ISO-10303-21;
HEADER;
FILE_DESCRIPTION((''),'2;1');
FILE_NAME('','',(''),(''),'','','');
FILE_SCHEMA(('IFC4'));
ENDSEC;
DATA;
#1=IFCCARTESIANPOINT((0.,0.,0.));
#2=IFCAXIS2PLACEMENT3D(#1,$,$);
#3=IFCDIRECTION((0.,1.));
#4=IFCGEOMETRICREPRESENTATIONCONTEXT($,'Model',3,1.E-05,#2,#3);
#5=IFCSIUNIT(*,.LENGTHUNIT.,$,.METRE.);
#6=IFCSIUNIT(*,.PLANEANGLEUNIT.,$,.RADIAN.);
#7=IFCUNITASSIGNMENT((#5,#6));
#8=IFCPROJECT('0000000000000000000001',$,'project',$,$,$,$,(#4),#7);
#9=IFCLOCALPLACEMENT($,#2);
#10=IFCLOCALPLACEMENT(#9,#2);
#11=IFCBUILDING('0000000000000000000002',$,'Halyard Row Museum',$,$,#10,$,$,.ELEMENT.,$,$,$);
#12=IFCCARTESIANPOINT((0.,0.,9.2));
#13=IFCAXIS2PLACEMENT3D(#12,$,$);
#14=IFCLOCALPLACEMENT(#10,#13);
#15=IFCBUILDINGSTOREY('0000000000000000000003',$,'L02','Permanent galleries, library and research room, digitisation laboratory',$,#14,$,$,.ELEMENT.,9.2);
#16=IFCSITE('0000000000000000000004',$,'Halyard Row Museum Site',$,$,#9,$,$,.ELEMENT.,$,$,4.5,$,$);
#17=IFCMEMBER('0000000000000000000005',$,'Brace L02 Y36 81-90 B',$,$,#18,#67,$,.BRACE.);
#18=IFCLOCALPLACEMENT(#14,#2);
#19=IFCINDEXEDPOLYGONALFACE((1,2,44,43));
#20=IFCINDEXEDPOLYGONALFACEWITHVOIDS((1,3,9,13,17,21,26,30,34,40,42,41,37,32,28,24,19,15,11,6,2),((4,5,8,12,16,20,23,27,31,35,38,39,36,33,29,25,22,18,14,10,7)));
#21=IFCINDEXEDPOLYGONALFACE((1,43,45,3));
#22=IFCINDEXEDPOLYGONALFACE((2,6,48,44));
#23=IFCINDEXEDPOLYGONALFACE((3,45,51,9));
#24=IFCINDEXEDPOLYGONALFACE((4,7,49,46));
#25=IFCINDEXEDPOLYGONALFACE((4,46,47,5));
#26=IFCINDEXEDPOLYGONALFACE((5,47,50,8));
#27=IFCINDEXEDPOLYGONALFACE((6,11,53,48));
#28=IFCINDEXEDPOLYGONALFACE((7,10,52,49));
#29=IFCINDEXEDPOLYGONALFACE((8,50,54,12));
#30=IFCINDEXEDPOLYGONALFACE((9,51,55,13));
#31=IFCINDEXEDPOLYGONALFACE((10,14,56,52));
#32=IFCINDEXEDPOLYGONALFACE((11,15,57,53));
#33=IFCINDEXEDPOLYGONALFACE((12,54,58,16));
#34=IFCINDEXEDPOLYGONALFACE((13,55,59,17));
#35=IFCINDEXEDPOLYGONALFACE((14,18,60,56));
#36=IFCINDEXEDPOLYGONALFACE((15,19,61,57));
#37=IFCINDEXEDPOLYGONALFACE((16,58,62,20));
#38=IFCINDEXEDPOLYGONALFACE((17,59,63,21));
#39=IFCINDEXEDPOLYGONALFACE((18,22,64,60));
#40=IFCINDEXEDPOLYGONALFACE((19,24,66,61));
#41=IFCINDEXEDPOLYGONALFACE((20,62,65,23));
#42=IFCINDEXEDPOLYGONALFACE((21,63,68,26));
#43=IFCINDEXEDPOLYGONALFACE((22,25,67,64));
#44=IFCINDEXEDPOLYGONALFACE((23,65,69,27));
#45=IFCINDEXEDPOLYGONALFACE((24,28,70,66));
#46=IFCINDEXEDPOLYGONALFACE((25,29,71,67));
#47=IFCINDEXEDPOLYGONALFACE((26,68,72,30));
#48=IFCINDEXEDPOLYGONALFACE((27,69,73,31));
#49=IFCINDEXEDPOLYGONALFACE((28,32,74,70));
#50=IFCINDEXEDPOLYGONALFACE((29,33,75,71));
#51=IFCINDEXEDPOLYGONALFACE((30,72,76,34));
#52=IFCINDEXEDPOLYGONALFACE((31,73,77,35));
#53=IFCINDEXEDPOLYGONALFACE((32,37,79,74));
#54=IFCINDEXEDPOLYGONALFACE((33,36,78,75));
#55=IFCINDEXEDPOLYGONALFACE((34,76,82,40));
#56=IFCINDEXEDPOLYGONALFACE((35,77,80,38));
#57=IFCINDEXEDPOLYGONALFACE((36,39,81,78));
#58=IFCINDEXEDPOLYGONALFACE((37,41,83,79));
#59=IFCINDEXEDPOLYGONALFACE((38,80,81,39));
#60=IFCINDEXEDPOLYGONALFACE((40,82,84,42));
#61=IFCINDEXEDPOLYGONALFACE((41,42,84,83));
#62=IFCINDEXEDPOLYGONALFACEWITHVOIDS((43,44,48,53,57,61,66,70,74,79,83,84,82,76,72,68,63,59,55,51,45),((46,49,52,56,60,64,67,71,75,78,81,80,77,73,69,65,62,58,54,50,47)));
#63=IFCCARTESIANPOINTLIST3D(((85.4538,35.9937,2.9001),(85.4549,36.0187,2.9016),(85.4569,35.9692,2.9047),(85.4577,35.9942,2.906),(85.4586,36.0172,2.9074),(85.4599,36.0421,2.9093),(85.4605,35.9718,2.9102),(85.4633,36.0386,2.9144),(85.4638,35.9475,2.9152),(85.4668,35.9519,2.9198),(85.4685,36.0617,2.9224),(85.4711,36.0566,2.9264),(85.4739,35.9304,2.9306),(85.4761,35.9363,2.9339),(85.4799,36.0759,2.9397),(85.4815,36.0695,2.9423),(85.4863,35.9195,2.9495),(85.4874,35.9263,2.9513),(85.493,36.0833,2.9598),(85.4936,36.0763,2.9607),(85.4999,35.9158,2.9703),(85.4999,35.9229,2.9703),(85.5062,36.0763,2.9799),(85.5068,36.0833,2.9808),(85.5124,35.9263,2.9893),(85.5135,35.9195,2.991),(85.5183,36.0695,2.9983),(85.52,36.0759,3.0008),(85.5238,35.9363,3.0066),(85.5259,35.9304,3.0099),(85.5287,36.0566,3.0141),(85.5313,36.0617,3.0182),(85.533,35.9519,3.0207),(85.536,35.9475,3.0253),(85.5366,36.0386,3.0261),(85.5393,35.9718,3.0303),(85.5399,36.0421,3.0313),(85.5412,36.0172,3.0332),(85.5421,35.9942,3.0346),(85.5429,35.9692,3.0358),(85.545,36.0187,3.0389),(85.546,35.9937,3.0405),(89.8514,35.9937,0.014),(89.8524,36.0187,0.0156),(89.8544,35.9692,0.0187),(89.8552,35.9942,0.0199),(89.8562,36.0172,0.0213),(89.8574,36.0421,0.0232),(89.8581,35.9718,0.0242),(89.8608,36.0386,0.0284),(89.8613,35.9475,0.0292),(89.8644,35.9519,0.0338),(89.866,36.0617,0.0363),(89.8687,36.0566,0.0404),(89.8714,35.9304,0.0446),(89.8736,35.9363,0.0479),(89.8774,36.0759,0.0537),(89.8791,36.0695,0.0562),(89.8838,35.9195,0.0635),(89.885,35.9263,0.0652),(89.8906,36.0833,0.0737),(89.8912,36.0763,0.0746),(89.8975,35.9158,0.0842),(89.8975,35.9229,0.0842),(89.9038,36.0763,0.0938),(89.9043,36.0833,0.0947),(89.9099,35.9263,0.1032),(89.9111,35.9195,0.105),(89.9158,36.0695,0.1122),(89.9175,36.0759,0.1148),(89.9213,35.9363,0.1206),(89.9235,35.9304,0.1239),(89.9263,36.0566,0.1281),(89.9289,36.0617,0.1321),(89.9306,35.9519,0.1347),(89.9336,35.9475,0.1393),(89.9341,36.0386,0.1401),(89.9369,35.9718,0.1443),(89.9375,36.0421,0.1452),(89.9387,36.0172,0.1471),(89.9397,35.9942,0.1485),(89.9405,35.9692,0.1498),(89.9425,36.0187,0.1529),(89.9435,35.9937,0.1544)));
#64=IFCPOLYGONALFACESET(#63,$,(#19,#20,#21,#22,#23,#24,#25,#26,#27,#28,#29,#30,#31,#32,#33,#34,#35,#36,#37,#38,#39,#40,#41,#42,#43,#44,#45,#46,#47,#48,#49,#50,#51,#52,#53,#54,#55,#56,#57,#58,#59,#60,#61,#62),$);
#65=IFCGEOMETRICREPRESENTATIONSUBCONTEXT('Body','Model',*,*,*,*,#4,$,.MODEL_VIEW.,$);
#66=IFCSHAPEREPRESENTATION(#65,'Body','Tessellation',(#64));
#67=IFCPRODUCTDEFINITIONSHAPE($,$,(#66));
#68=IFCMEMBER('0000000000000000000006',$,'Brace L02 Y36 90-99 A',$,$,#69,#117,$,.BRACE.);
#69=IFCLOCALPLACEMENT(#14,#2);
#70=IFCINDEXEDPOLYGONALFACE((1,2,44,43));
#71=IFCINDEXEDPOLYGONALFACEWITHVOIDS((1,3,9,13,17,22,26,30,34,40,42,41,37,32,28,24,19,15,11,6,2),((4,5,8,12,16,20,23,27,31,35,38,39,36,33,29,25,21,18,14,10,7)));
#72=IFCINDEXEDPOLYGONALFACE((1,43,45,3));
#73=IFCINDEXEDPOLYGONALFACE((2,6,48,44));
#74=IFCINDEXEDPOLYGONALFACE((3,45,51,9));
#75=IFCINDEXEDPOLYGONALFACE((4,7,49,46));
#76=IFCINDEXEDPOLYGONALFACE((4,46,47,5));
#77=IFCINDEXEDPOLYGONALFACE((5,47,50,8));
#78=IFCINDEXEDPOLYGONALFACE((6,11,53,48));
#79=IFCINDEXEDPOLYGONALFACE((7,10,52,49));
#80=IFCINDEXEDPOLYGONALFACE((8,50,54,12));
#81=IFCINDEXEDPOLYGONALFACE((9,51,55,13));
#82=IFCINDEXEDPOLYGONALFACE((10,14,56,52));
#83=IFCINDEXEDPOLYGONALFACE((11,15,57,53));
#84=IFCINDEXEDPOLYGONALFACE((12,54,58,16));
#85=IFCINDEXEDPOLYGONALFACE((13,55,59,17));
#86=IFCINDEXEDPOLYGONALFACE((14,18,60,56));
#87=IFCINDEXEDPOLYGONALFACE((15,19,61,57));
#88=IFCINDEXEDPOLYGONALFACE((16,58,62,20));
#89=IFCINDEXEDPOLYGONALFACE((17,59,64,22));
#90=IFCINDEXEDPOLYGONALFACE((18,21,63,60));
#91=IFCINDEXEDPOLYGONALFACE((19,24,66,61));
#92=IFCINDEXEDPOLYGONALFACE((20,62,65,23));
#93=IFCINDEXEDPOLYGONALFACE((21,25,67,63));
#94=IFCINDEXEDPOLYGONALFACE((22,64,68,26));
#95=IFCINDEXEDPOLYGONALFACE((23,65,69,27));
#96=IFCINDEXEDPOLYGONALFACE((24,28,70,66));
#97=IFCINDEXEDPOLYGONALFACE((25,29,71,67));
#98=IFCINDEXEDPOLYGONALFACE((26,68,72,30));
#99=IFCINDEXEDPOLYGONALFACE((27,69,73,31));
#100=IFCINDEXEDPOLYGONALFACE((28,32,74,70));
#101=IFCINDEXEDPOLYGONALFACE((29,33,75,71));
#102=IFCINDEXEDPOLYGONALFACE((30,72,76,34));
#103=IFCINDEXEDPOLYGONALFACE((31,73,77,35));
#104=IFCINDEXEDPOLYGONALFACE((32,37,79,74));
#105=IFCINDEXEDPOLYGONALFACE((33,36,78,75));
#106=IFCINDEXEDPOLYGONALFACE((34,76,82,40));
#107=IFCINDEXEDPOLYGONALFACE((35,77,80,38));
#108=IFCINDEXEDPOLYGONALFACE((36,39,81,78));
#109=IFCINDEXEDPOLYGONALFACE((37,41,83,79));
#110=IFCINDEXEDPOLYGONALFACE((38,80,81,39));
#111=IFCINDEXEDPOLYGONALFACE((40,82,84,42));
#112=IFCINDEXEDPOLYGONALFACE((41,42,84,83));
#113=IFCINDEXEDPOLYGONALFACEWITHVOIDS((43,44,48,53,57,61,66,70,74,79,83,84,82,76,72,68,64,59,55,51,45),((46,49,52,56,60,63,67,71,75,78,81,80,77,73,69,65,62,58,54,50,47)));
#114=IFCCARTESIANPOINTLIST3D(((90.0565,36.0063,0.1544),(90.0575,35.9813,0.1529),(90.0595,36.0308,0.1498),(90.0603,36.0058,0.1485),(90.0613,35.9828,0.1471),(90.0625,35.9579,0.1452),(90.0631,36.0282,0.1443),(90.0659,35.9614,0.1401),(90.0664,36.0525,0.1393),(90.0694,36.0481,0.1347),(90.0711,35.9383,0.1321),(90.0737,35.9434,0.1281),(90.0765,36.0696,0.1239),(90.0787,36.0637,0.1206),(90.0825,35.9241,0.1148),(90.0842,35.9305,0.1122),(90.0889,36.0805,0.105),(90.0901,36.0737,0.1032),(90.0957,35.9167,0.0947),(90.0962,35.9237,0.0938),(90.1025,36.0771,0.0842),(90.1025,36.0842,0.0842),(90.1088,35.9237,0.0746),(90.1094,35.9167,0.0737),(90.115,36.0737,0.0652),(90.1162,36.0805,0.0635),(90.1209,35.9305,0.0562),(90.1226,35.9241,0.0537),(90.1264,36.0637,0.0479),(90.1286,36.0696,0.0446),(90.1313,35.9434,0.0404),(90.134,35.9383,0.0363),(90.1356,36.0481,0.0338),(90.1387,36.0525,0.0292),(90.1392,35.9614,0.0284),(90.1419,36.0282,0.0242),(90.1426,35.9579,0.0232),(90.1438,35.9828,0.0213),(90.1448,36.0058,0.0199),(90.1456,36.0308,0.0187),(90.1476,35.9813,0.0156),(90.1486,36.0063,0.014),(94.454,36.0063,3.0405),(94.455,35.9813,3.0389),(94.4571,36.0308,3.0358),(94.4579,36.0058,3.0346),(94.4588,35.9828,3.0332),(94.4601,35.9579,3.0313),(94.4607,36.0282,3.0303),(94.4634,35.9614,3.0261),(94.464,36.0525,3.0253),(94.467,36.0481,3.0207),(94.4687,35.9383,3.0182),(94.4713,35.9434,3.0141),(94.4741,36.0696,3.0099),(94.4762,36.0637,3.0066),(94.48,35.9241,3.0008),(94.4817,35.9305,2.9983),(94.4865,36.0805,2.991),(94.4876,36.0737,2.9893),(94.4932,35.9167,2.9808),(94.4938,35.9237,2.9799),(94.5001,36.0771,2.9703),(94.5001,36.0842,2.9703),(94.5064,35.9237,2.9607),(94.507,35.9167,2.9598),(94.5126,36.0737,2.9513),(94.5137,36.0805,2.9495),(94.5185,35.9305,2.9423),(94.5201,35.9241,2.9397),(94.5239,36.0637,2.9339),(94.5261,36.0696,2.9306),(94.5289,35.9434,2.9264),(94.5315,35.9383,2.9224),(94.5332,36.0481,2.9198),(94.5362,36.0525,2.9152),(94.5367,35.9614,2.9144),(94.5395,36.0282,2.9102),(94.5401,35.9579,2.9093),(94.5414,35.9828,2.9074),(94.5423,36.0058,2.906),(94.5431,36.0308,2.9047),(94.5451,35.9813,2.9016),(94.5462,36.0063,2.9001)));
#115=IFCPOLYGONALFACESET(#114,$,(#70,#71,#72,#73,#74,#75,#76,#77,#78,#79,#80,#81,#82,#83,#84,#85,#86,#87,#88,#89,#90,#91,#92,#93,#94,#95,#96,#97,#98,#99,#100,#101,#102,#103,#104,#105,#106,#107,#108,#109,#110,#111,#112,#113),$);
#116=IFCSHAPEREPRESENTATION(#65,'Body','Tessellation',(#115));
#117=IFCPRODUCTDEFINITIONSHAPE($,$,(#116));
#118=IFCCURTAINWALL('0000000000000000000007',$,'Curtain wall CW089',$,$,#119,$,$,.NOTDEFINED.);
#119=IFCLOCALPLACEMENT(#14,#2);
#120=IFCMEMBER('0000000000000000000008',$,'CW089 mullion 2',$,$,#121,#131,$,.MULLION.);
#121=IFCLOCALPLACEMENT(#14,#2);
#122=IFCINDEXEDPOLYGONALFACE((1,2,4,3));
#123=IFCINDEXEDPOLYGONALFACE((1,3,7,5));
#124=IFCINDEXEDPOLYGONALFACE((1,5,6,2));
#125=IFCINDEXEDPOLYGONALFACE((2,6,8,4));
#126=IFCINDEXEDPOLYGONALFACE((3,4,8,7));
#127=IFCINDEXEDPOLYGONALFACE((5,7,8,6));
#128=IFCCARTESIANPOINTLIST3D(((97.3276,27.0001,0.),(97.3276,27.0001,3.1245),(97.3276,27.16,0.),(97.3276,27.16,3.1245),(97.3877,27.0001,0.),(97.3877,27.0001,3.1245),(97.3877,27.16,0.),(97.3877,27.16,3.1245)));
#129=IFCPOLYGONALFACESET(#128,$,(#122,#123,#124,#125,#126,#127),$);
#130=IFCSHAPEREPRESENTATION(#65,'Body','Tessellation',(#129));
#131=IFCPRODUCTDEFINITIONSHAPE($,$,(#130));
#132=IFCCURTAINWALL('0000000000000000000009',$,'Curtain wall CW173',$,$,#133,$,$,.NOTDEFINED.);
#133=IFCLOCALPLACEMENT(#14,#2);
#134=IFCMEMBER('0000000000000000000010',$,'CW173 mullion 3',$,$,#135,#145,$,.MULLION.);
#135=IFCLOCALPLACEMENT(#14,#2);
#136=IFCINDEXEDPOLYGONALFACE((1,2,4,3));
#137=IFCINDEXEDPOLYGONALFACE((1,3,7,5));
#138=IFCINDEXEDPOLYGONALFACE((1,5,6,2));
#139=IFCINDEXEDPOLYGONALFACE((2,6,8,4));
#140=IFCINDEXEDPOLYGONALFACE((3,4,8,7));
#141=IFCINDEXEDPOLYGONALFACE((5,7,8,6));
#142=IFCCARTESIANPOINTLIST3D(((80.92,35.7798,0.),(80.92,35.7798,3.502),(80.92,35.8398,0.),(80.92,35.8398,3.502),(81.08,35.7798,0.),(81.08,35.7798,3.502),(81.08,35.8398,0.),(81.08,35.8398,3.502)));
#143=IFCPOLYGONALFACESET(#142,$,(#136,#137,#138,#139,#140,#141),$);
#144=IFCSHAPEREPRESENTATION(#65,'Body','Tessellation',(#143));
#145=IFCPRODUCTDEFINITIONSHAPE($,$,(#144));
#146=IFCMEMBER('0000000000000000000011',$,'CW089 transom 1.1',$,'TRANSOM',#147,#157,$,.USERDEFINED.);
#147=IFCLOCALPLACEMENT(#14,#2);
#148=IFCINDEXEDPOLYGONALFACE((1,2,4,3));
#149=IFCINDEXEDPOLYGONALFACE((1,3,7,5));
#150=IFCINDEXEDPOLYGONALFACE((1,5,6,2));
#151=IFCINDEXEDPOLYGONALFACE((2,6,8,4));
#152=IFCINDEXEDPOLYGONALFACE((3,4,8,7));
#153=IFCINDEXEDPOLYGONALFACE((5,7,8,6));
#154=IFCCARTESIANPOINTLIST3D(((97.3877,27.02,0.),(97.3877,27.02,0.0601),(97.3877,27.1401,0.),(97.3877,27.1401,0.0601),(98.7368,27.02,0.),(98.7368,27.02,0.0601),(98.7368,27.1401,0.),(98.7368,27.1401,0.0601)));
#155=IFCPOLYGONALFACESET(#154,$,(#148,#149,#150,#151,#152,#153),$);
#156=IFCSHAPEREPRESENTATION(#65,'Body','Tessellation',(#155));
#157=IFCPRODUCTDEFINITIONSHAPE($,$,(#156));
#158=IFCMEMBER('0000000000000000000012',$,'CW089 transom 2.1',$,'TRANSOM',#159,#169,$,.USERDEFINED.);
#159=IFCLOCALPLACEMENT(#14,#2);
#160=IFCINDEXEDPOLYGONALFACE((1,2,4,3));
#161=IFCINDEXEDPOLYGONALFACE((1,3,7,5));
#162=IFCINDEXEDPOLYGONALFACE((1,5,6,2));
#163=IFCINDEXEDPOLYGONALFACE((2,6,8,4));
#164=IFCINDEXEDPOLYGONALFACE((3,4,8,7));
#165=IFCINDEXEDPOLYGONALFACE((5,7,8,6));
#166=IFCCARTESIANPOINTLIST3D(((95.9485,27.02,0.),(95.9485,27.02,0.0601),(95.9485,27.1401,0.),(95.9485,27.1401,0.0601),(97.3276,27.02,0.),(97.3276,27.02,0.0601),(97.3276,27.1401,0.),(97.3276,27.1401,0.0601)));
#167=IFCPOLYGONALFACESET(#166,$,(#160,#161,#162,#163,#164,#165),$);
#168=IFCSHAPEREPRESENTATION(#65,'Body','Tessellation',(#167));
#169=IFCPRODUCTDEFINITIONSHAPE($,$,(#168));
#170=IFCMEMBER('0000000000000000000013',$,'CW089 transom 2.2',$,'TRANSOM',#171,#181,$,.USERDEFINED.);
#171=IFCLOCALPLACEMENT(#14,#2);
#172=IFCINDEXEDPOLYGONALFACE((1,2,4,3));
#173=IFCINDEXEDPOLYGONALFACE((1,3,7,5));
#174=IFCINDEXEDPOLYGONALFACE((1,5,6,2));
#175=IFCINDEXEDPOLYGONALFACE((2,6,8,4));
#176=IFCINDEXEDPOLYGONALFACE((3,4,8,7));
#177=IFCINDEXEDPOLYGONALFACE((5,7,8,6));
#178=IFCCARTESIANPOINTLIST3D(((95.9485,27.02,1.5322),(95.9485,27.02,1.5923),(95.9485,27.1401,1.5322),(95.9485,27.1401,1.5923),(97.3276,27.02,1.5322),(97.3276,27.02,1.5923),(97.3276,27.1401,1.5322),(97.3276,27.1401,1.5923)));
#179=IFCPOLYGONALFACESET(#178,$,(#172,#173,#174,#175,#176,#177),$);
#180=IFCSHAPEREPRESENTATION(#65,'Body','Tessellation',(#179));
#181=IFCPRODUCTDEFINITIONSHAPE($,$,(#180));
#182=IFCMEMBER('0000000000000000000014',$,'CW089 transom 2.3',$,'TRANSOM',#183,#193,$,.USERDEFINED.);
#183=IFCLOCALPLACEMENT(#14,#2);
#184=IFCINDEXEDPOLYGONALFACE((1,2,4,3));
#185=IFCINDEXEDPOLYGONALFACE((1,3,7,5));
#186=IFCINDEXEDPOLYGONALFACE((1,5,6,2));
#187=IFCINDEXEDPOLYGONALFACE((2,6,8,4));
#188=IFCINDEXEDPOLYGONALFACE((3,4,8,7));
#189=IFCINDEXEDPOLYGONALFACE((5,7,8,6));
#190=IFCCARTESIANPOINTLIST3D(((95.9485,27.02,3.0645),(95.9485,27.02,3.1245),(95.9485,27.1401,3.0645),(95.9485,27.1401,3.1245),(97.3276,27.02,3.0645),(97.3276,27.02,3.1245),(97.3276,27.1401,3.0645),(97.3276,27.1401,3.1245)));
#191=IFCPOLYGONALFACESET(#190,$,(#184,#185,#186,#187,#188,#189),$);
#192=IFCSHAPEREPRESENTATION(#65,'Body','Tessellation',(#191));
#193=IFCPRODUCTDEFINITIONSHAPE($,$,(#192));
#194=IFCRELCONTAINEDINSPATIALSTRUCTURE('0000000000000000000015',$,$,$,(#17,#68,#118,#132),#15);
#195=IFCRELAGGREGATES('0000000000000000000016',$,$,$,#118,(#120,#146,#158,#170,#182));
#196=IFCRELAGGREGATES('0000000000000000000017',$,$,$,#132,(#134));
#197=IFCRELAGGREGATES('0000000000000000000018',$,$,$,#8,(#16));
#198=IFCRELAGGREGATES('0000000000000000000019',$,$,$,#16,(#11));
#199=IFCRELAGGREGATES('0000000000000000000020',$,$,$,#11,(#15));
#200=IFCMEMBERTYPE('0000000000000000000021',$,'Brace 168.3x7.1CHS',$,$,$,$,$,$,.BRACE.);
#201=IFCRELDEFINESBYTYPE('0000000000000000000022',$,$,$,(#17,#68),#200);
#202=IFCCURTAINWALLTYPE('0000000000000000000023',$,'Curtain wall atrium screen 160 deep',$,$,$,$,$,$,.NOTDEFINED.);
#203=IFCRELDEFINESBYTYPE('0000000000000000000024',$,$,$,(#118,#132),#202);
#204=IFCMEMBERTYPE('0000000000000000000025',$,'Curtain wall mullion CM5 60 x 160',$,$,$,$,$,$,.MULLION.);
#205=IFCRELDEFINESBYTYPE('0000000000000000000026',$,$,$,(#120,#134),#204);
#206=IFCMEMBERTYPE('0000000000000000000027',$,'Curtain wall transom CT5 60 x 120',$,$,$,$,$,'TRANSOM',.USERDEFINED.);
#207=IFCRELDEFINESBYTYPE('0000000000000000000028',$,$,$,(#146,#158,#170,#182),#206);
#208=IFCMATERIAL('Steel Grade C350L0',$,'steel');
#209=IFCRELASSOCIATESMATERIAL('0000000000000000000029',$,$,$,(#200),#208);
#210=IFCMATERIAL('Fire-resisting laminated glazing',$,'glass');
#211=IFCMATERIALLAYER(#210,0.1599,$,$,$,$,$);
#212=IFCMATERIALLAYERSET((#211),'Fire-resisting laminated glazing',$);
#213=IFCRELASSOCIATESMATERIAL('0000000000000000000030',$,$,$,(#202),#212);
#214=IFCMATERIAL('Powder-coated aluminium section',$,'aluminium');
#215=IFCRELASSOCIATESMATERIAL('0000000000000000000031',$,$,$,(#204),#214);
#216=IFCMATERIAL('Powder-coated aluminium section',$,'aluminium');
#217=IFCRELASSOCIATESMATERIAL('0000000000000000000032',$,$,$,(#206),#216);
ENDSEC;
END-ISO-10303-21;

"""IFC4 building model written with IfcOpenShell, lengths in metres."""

from ifc_helpers import new_model, si_unit, direction, frame, origin, origin_2d, place, context, subcontext, project, spatial, rectangle, hollow_circle, extrude, material, layer, layer_set, material_profile, profile_set, type_object, element, aggregate, save


model = new_model("IFC4")

# Units and contexts
model_context = context("Model", 3, precision=1e-05, world=origin(), true_north=direction((0.0, 1.0)))
body_context = subcontext(model_context, "Body", "Model", "MODEL_VIEW")
ifc_project = project(units=[si_unit("LENGTHUNIT", "METRE"), si_unit("PLANEANGLEUNIT", "RADIAN")], contexts=[model_context])

# Site, building, storey
site_placement = place(None, origin())
site = spatial("IfcSite", under=ifc_project, at=site_placement, Name="Halyard Row Museum Site", CompositionType="ELEMENT", RefElevation=4.5)
building_placement = place(site_placement, origin())
building = spatial("IfcBuilding", under=site, at=building_placement, Name="Halyard Row Museum", CompositionType="ELEMENT")
storey_placement = place(building_placement, frame((0.0, 0.0, 9.2)))
storey = spatial("IfcBuildingStorey", under=building, at=storey_placement, Name="L02", Description="Permanent galleries, library and research room, digitisation laboratory", CompositionType="ELEMENT", Elevation=9.2)

# Members
ifc_material_1 = material(Name="Steel Grade C350L0", Category="steel")
ifc_material_profile_1 = material_profile(ifc_material_1, hollow_circle(Radius=0.0842, WallThickness=0.0071, at=origin_2d()), Name="168.3x7.1CHS")
ifc_profile_set_1 = profile_set([ifc_material_profile_1], Name="Steel Grade C350L0")
member_type_1 = type_object("IfcMemberType", Name="Brace 168.3x7.1CHS", PredefinedType="BRACE", material=ifc_profile_set_1)
for number, where, z_axis, x_axis, name in (
    (1, (89.8975, 36.0, 0.0842), (-0.836035, 0.0, 0.548677), (0.0, -1.0, 0.0), "Brace L02 Y36 81-90 B"),
    (2, (90.1025, 36.0, 0.0842), (0.836035, 0.0, 0.548677), (0.0, 1.0, 0.0), "Brace L02 Y36 90-99 A"),
):
    element("IfcMember", number, at=place(storey_placement, frame(where, z_axis=z_axis, x_axis=x_axis)), inside=storey, type_object=member_type_1, Name=name, PredefinedType="BRACE", context=body_context, shape_type="SweptSolid", body=[
        extrude(hollow_circle(Radius=0.0842, WallThickness=0.0071, at=origin_2d()), origin(), (0.0, 0.0, 1.0), 5.26),
    ])

# Curtain walls, members
ifc_material_2 = material(Name="Fire-resisting laminated glazing", Category="glass")
ifc_layer_1 = layer(ifc_material_2, 0.1599)
ifc_layer_set_1 = layer_set([ifc_layer_1], Name="Fire-resisting laminated glazing")
curtain_wall_type = type_object("IfcCurtainWallType", Name="Curtain wall atrium screen 160 deep", PredefinedType="NOTDEFINED", material=ifc_layer_set_1)
curtain_wall_1_placement = place(storey_placement, origin())
curtain_wall_1 = element("IfcCurtainWall", 3, at=curtain_wall_1_placement, inside=storey, type_object=curtain_wall_type, Name="Curtain wall CW089", PredefinedType="NOTDEFINED")
ifc_material_3 = material(Name="Powder-coated aluminium section", Category="aluminium")
ifc_material_profile_2 = material_profile(ifc_material_3, rectangle(XDim=0.1599, YDim=0.0601, at=origin_2d()), Name="160x60 mullion")
ifc_profile_set_2 = profile_set([ifc_material_profile_2], Name="Powder-coated aluminium section")
member_type_2 = type_object("IfcMemberType", Name="Curtain wall mullion CM5 60 x 160", PredefinedType="MULLION", material=ifc_profile_set_2)
member_1_placement = place(storey_placement, frame((97.3577, 27.0801, 0.0), z_axis=(0.0, 0.0, 1.0), x_axis=(0.0, -1.0, 0.0)))
member_1 = element("IfcMember", 4, at=member_1_placement, type_object=member_type_2, Name="CW089 mullion 2", PredefinedType="MULLION", context=body_context, shape_type="SweptSolid", body=[
    extrude(rectangle(XDim=0.1599, YDim=0.0601, at=origin_2d()), origin(), (0.0, 0.0, 1.0), 3.1245),
])
curtain_wall_2_placement = place(storey_placement, origin())
curtain_wall_2 = element("IfcCurtainWall", 5, at=curtain_wall_2_placement, inside=storey, type_object=curtain_wall_type, Name="Curtain wall CW173", PredefinedType="NOTDEFINED")
member_2_placement = place(storey_placement, frame((81.0, 35.8098, 0.0), z_axis=(0.0, 0.0, 1.0), x_axis=(-1.0, 0.0, 0.0)))
member_2 = element("IfcMember", 6, at=member_2_placement, type_object=member_type_2, Name="CW173 mullion 3", PredefinedType="MULLION", context=body_context, shape_type="SweptSolid", body=[
    extrude(rectangle(XDim=0.1599, YDim=0.0601, at=origin_2d()), origin(), (0.0, 0.0, 1.0), 3.502),
])

# Members
ifc_material_4 = material(Name="Powder-coated aluminium section", Category="aluminium")
ifc_material_profile_3 = material_profile(ifc_material_4, rectangle(XDim=0.1201, YDim=0.0601, at=origin_2d()), Name="120x60 transom")
ifc_profile_set_3 = profile_set([ifc_material_profile_3], Name="Powder-coated aluminium section")
member_type_3 = type_object("IfcMemberType", Name="Curtain wall transom CT5 60 x 120", ElementType="TRANSOM", PredefinedType="USERDEFINED", material=ifc_profile_set_3)
member_3_placement = place(storey_placement, frame((98.7368, 27.0801, 0.03), z_axis=(-1.0, 0.0, 0.0), x_axis=(0.0, -1.0, 0.0)))
member_3 = element("IfcMember", 7, at=member_3_placement, type_object=member_type_3, Name="CW089 transom 1.1", ObjectType="TRANSOM", PredefinedType="USERDEFINED", context=body_context, shape_type="SweptSolid", body=[
    extrude(rectangle(XDim=0.1201, YDim=0.0601, at=origin_2d()), origin(), (0.0, 0.0, 1.0), 1.3491),
])
member_4_placement = place(storey_placement, frame((97.3276, 27.0801, 0.03), z_axis=(-1.0, 0.0, 0.0), x_axis=(0.0, -1.0, 0.0)))
member_4 = element("IfcMember", 8, at=member_4_placement, type_object=member_type_3, Name="CW089 transom 2.1", ObjectType="TRANSOM", PredefinedType="USERDEFINED", context=body_context, shape_type="SweptSolid", body=[
    extrude(rectangle(XDim=0.1201, YDim=0.0601, at=origin_2d()), origin(), (0.0, 0.0, 1.0), 1.3792),
])
member_5_placement = place(storey_placement, frame((97.3276, 27.0801, 1.5623), z_axis=(-1.0, 0.0, 0.0), x_axis=(0.0, -1.0, 0.0)))
member_5 = element("IfcMember", 9, at=member_5_placement, type_object=member_type_3, Name="CW089 transom 2.2", ObjectType="TRANSOM", PredefinedType="USERDEFINED", context=body_context, shape_type="SweptSolid", body=[
    extrude(rectangle(XDim=0.1201, YDim=0.0601, at=origin_2d()), origin(), (0.0, 0.0, 1.0), 1.3792),
])
member_6_placement = place(storey_placement, frame((97.3276, 27.0801, 3.0945), z_axis=(-1.0, 0.0, 0.0), x_axis=(0.0, -1.0, 0.0)))
member_6 = element("IfcMember", 10, at=member_6_placement, type_object=member_type_3, Name="CW089 transom 2.3", ObjectType="TRANSOM", PredefinedType="USERDEFINED", context=body_context, shape_type="SweptSolid", body=[
    extrude(rectangle(XDim=0.1201, YDim=0.0601, at=origin_2d()), origin(), (0.0, 0.0, 1.0), 1.3792),
])

aggregate(curtain_wall_1, [member_1, member_3, member_4, member_5, member_6])
aggregate(curtain_wall_2, [member_2])

save(model, "model.ifc")
